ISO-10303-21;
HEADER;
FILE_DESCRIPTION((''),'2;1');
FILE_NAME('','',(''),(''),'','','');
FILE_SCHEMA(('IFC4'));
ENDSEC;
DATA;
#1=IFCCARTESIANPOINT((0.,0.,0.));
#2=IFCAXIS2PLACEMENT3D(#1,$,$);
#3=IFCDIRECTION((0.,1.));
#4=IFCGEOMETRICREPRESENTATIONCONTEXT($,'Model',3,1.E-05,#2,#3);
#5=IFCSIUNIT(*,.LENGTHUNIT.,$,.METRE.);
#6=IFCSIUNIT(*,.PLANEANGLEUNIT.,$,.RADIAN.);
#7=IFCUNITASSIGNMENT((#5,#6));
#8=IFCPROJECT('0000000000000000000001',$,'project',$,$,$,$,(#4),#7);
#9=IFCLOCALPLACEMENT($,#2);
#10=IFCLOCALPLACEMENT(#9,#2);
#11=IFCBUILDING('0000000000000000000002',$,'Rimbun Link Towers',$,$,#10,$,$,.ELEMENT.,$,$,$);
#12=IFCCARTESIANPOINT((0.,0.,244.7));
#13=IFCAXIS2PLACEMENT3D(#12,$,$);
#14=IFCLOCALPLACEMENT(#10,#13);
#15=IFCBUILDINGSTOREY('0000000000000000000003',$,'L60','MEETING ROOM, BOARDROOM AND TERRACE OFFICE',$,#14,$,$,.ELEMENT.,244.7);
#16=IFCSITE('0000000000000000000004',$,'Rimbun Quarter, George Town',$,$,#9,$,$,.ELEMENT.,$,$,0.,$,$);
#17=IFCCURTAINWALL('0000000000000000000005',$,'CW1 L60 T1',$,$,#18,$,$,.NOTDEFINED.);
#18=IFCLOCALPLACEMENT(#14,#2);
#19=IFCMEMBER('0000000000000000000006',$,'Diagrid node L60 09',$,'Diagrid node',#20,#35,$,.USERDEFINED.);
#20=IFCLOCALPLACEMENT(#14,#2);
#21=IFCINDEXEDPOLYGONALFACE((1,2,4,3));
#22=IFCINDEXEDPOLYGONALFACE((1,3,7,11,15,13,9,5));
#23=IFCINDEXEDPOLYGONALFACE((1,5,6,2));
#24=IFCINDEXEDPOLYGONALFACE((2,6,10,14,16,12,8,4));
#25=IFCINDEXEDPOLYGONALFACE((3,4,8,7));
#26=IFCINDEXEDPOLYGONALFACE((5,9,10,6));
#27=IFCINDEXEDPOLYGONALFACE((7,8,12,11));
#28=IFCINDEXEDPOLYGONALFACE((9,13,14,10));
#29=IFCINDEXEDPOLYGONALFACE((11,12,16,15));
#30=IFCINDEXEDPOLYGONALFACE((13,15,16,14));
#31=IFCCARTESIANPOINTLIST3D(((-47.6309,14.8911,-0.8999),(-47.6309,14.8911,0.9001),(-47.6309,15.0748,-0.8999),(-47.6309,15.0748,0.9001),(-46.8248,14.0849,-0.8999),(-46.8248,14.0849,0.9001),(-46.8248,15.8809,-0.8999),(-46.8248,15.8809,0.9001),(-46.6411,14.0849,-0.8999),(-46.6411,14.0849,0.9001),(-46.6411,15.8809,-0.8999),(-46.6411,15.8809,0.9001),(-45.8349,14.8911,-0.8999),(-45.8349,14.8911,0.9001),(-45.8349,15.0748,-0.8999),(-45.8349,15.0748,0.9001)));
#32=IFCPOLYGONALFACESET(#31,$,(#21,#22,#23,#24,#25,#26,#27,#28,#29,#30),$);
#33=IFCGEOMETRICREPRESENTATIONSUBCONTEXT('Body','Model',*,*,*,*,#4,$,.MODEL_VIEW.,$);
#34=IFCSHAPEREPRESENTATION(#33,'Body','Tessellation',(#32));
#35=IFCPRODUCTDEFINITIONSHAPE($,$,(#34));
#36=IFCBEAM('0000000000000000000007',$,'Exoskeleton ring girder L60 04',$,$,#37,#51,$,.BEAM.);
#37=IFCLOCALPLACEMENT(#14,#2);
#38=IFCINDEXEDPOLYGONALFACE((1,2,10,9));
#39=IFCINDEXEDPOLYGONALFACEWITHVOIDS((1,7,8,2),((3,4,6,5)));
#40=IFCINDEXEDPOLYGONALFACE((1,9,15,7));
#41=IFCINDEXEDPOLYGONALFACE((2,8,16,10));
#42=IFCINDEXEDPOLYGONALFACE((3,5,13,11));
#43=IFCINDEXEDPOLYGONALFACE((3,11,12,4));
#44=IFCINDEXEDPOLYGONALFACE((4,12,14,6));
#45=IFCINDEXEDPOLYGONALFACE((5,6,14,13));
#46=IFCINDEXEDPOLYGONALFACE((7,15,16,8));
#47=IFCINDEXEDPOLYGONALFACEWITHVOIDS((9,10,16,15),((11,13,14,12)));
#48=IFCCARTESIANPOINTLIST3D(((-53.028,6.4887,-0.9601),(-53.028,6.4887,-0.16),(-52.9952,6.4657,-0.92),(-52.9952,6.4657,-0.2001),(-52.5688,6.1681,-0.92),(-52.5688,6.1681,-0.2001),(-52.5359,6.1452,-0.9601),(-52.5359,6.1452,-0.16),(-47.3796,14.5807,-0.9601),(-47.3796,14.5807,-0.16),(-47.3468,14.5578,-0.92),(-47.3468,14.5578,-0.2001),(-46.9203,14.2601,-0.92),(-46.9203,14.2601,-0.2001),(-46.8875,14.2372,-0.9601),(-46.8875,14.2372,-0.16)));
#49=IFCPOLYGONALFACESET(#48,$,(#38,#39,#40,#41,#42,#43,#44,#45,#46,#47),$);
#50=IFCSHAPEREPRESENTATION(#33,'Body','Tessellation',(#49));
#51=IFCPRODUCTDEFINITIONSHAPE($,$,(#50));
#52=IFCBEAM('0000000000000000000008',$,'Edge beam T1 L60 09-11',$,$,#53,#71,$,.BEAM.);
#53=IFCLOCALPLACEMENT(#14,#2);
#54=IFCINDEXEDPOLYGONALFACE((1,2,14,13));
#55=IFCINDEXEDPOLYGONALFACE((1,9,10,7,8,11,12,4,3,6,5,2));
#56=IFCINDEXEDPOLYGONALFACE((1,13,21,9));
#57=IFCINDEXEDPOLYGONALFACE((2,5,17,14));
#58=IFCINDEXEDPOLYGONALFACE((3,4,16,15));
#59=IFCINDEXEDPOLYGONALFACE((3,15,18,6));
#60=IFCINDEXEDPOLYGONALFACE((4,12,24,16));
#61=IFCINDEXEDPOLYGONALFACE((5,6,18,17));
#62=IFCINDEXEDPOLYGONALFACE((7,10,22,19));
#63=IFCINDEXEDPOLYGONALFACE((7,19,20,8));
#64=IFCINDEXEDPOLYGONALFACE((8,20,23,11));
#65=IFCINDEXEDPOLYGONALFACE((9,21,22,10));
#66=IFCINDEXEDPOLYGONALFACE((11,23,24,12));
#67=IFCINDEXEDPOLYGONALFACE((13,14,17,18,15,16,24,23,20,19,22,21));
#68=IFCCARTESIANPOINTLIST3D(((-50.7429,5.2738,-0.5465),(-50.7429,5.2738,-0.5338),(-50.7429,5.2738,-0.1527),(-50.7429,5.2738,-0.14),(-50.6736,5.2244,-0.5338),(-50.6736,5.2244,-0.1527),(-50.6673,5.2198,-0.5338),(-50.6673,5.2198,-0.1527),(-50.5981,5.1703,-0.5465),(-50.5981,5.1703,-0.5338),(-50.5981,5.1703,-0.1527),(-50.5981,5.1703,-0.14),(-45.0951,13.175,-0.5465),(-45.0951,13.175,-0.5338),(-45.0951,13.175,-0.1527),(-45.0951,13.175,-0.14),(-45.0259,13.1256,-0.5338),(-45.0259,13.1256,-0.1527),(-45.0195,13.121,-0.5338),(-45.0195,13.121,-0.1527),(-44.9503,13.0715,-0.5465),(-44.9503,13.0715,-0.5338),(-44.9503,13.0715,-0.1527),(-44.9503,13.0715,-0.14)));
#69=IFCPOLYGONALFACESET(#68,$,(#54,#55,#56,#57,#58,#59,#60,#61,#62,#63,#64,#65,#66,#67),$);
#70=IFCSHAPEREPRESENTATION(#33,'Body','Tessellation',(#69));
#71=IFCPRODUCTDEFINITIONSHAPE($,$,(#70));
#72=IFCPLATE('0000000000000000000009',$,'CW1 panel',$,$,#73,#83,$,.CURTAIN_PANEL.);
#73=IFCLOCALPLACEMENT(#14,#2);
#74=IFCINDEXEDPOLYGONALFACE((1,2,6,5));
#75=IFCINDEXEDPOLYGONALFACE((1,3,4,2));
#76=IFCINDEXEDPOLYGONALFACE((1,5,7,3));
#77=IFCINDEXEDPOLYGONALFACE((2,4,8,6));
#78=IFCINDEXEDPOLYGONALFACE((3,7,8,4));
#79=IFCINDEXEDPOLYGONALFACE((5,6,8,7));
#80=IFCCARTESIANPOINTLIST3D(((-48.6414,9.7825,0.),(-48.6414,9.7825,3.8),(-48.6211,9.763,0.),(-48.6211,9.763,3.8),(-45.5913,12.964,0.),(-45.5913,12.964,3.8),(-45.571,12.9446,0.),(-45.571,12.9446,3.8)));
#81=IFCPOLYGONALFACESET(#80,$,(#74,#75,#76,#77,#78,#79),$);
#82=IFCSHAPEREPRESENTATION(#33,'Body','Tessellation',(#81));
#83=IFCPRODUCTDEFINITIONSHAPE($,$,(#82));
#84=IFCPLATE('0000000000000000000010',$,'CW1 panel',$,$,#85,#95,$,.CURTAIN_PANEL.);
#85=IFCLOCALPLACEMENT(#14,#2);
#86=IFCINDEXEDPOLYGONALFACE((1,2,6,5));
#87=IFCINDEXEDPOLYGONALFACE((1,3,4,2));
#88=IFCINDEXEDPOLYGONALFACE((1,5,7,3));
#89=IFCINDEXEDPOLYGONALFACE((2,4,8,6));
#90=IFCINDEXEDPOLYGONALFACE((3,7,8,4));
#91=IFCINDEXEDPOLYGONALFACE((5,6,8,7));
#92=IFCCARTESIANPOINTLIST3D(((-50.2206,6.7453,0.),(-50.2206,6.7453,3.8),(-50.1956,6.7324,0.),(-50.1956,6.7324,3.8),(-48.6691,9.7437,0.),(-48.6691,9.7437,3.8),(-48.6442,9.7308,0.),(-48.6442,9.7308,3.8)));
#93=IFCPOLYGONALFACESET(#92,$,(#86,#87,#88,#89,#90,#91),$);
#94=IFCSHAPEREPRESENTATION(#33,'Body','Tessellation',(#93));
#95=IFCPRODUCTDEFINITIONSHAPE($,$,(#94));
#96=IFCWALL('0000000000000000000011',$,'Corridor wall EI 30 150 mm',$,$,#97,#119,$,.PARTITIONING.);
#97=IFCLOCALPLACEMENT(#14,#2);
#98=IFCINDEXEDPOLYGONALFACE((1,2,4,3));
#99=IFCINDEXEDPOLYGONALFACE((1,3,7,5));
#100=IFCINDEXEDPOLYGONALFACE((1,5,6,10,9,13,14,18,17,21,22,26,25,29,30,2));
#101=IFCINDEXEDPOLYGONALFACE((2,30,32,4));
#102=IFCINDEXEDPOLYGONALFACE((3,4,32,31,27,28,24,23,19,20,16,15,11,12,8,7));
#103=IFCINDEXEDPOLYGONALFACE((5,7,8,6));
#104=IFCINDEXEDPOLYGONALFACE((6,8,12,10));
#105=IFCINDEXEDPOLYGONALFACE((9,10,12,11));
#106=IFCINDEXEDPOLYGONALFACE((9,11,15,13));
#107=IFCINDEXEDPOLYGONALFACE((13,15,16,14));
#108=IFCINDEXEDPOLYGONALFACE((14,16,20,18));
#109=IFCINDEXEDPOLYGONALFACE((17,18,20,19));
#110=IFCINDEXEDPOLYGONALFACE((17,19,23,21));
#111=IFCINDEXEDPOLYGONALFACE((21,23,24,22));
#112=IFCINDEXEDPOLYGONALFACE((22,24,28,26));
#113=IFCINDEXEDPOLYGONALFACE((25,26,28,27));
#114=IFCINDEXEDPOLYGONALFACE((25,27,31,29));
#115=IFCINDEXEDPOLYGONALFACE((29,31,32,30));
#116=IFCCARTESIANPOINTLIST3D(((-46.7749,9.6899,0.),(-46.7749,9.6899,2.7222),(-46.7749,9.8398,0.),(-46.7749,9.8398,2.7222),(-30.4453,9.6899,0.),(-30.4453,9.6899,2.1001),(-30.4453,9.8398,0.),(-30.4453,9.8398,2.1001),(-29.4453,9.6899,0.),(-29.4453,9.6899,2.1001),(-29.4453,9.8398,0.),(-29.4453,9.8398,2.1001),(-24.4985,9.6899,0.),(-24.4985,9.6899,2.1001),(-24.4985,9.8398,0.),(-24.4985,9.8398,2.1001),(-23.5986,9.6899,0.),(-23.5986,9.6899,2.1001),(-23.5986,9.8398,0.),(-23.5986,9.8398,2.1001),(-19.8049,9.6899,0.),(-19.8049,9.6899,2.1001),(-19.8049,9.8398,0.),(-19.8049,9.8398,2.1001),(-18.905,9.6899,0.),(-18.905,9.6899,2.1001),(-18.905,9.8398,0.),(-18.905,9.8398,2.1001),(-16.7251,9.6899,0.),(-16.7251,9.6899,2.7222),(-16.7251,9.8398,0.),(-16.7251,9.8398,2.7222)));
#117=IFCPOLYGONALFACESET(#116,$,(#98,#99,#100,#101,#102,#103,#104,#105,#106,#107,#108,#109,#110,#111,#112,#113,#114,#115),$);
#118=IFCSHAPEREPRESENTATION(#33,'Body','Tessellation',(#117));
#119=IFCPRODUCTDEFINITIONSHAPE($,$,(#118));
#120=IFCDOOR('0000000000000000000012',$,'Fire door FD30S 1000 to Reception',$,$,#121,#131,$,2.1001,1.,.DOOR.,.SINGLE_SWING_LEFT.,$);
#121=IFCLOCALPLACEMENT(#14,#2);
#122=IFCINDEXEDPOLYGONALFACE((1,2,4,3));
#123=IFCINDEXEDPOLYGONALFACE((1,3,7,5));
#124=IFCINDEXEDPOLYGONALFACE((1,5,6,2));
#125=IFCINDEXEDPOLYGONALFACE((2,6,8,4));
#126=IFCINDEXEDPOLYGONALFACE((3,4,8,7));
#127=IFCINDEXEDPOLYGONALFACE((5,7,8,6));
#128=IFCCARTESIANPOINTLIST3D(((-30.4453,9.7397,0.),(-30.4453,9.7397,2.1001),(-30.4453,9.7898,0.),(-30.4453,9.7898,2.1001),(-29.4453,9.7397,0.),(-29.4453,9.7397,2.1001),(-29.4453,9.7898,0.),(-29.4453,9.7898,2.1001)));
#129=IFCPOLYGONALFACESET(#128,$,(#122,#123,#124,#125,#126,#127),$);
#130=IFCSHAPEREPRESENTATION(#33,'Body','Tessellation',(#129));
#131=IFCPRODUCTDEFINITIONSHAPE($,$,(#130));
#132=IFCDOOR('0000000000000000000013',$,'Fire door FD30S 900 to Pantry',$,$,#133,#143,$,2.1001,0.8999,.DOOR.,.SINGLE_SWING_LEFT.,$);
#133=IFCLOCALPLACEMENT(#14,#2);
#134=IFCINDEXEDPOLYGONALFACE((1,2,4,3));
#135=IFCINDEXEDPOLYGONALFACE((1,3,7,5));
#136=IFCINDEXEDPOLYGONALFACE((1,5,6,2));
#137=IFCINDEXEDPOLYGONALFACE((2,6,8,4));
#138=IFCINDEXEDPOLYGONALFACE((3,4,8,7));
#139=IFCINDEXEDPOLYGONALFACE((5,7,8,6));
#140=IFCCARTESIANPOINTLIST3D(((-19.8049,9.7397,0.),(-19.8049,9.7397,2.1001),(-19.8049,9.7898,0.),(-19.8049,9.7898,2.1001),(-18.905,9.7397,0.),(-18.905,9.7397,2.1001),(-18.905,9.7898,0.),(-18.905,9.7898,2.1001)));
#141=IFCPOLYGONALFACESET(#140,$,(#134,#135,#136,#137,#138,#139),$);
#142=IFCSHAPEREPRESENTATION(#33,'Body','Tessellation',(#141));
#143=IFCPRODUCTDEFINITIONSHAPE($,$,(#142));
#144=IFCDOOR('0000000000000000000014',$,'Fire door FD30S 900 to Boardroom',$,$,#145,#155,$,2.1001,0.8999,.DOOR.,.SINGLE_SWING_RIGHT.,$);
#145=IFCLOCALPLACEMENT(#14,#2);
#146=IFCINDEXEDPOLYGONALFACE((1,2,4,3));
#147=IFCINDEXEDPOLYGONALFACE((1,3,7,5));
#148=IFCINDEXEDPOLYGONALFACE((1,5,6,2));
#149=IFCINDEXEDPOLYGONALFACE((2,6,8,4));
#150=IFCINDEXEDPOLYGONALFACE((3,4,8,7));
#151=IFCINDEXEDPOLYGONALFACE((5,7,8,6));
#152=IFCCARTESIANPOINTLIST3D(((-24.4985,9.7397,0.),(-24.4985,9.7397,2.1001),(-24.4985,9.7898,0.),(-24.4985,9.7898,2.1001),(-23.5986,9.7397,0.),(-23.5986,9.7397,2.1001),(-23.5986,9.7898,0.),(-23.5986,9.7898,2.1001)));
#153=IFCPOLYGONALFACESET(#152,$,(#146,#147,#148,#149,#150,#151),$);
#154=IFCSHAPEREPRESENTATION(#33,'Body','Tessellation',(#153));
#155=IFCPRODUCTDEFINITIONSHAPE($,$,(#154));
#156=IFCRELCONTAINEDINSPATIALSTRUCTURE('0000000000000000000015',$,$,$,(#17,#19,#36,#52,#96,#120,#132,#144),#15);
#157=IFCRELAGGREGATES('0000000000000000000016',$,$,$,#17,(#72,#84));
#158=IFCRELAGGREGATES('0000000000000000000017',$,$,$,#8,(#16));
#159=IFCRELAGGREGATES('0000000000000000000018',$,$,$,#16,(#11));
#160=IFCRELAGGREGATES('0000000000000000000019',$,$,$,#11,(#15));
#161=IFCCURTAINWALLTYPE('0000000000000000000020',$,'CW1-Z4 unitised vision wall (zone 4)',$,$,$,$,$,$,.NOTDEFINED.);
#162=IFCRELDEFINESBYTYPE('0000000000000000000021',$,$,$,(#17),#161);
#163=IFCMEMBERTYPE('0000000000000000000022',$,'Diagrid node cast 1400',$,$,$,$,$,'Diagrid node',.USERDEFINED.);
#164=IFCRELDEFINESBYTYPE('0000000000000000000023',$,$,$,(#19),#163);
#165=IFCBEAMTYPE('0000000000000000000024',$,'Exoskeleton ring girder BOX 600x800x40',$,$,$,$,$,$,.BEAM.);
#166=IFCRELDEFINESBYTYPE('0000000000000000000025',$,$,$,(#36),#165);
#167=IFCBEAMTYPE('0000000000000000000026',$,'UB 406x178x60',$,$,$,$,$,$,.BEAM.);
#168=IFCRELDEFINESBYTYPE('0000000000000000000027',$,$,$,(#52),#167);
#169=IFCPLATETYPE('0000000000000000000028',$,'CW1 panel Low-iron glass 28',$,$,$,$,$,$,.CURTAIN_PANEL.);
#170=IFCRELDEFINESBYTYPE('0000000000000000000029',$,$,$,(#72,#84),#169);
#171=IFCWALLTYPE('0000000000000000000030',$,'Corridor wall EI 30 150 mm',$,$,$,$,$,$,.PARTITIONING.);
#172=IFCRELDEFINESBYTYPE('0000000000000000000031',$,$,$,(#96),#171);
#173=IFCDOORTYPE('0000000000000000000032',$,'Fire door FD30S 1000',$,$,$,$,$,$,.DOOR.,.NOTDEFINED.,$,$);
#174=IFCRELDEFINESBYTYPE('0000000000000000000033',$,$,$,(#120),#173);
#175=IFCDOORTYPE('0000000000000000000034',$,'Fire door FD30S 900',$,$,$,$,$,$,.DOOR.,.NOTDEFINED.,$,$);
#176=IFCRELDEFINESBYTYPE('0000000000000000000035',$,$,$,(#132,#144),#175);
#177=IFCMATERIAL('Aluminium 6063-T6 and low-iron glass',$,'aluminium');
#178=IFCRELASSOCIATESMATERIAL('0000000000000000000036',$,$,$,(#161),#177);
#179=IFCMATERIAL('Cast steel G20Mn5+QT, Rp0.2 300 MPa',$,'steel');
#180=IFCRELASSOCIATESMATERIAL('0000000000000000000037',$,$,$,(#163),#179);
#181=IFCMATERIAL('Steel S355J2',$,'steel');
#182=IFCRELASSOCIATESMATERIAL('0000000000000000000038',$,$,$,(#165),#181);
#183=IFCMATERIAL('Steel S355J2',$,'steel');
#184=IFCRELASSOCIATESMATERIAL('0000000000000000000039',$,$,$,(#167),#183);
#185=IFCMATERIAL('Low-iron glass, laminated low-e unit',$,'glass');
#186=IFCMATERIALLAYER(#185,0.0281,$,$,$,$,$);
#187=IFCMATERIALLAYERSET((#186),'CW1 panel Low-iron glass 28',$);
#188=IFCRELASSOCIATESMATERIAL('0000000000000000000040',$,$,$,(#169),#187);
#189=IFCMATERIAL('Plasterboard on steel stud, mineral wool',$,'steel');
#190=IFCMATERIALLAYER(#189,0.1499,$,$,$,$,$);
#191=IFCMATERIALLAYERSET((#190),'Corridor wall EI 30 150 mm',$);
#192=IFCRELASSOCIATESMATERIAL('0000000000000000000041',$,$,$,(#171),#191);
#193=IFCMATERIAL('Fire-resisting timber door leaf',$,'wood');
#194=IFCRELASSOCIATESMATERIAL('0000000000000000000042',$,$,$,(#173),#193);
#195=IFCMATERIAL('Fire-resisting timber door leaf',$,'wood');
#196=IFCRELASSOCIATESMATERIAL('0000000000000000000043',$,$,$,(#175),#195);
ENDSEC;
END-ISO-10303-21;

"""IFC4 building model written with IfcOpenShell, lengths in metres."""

from ifc_helpers import new_model, si_unit, direction, frame, frame_2d, origin, origin_2d, place, context, subcontext, project, spatial, polyline, rectangle, hollow_rectangle, i_section, outline, extrude, material, layer, layer_set, material_profile, profile_set, type_object, element, fill, aggregate, save


model = new_model("IFC4")

# Units and contexts
model_context = context("Model", 3, precision=1e-05, world=origin(), true_north=direction((0.0, 1.0)))
body_context = subcontext(model_context, "Body", "Model", "MODEL_VIEW")
ifc_project = project(units=[si_unit("LENGTHUNIT", "METRE"), si_unit("PLANEANGLEUNIT", "RADIAN")], contexts=[model_context])

# Site, building, storey
site_placement = place(None, origin())
site = spatial("IfcSite", under=ifc_project, at=site_placement, Name="Rimbun Quarter, George Town", CompositionType="ELEMENT", RefElevation=0.0)
building_placement = place(site_placement, origin())
building = spatial("IfcBuilding", under=site, at=building_placement, Name="Rimbun Link Towers", CompositionType="ELEMENT")
storey_placement = place(building_placement, frame((0.0, 0.0, 244.7)))
storey = spatial("IfcBuildingStorey", under=building, at=storey_placement, Name="L60", Description="MEETING ROOM, BOARDROOM AND TERRACE OFFICE", CompositionType="ELEMENT", Elevation=244.7)

# Curtain wall
ifc_material_1 = material(Name="Aluminium 6063-T6 and low-iron glass", Category="aluminium")
curtain_wall_type = type_object("IfcCurtainWallType", Name="CW1-Z4 unitised vision wall (zone 4)", PredefinedType="NOTDEFINED", material=ifc_material_1)
curtain_wall_placement = place(storey_placement, origin())
curtain_wall = element("IfcCurtainWall", 1, at=curtain_wall_placement, inside=storey, type_object=curtain_wall_type, Name="CW1 L60 T1", PredefinedType="NOTDEFINED")

# Member
ifc_material_2 = material(Name="Cast steel G20Mn5+QT, Rp0.2 300 MPa", Category="steel")
ifc_material_profile_1 = material_profile(ifc_material_2, outline(polyline([(0.7, -0.5701), (0.7, 0.5701), (0.5701, 0.7), (-0.5701, 0.7), (-0.7, 0.5701), (-0.7, -0.5701), (-0.5701, -0.7), (0.5701, -0.7), (0.7, -0.5701)])), Name="NODE 1400x1400")
ifc_profile_set_1 = profile_set([ifc_material_profile_1], Name="Cast steel G20Mn5+QT, Rp0.2 300 MPa")
member_type_1 = type_object("IfcMemberType", Name="Diagrid node cast 1400", ElementType="Diagrid node", PredefinedType="USERDEFINED", material=ifc_profile_set_1)
member_1_placement = place(storey_placement, frame((-46.7329, 14.9829, -0.8999), z_axis=(0.0, 0.0, 1.0), x_axis=(-0.707107, 0.707107, 0.0)))
element("IfcMember", 2, at=member_1_placement, inside=storey, type_object=member_type_1, Name="Diagrid node L60 09", ObjectType="Diagrid node", PredefinedType="USERDEFINED", context=body_context, shape_type="SweptSolid", body=[
    extrude(outline(polyline([(0.7, -0.5701), (0.7, 0.5701), (0.5701, 0.7), (-0.5701, 0.7), (-0.7, 0.5701), (-0.7, -0.5701), (-0.5701, -0.7), (0.5701, -0.7), (0.7, -0.5701)])), origin(), (0.0, 0.0, 1.0), 1.8),
])

# Beams
ifc_material_3 = material(Name="Steel S355J2", Category="steel")
ifc_material_profile_2 = material_profile(ifc_material_3, hollow_rectangle(XDim=0.6001, YDim=0.8, WallThickness=0.04, at=origin_2d()), Name="Exoskeleton ring girder BOX 600x800x40")
ifc_profile_set_2 = profile_set([ifc_material_profile_2], Name="Steel S355J2")
beam_type_1 = type_object("IfcBeamType", Name="Exoskeleton ring girder BOX 600x800x40", PredefinedType="BEAM", material=ifc_profile_set_2)
beam_1_placement = place(storey_placement, frame((-47.1335, 14.4089, -0.5601), z_axis=(-0.572374, -0.819992, 0.0), x_axis=(0.819992, -0.572374, 0.0)))
element("IfcBeam", 3, at=beam_1_placement, inside=storey, type_object=beam_type_1, Name="Exoskeleton ring girder L60 04", PredefinedType="BEAM", context=body_context, shape_type="SweptSolid", body=[
    extrude(hollow_rectangle(XDim=0.6001, YDim=0.8, WallThickness=0.04, at=origin_2d()), origin(), (0.0, 0.0, 1.0), 9.8684),
])
ifc_material_4 = material(Name="Steel S355J2", Category="steel")
ifc_material_profile_3 = material_profile(ifc_material_4, i_section(OverallWidth=0.178, OverallDepth=0.4065, WebThickness=0.0078, FlangeThickness=0.0127, at=origin_2d()), Name="UB 406x178x60")
ifc_profile_set_3 = profile_set([ifc_material_profile_3], Name="Steel S355J2")
beam_type_2 = type_object("IfcBeamType", Name="UB 406x178x60", PredefinedType="BEAM", material=ifc_profile_set_3)
beam_2_placement = place(storey_placement, frame((-45.0227, 13.1233, -0.3433), z_axis=(-0.581514, -0.813536, 0.0), x_axis=(0.813536, -0.581514, 0.0)))
element("IfcBeam", 4, at=beam_2_placement, inside=storey, type_object=beam_type_2, Name="Edge beam T1 L60 09-11", PredefinedType="BEAM", context=body_context, shape_type="SweptSolid", body=[
    extrude(i_section(OverallWidth=0.178, OverallDepth=0.4065, WebThickness=0.0078, FlangeThickness=0.0127, at=origin_2d()), origin(), (0.0, 0.0, 1.0), 9.7122),
])

# Plates
ifc_material_5 = material(Name="Low-iron glass, laminated low-e unit", Category="glass")
ifc_layer_1 = layer(ifc_material_5, 0.0281)
ifc_layer_set_1 = layer_set([ifc_layer_1], Name="CW1 panel Low-iron glass 28")
plate_type = type_object("IfcPlateType", Name="CW1 panel Low-iron glass 28", PredefinedType="CURTAIN_PANEL", material=ifc_layer_set_1)
plate_1_placement = place(storey_placement, frame((-47.1062, 11.3635, 0.0), z_axis=(0.0, 0.0, 1.0), x_axis=(0.692041, 0.721858, 0.0)))
plate_1 = element("IfcPlate", 5, at=plate_1_placement, type_object=plate_type, Name="CW1 panel", PredefinedType="CURTAIN_PANEL", context=body_context, shape_type="SweptSolid", body=[
    extrude(rectangle(XDim=4.4075, YDim=0.0281, at=origin_2d()), origin(), (0.0, 0.0, 1.0), 3.8),
])
plate_2_placement = place(storey_placement, frame((-49.4324, 8.238, 0.0), z_axis=(0.0, 0.0, 1.0), x_axis=(0.459552, 0.888151, 0.0)))
plate_2 = element("IfcPlate", 6, at=plate_2_placement, type_object=plate_type, Name="CW1 panel", PredefinedType="CURTAIN_PANEL", context=body_context, shape_type="SweptSolid", body=[
    extrude(rectangle(XDim=3.376, YDim=0.0281, at=origin_2d()), origin(), (0.0, 0.0, 1.0), 3.8),
])
aggregate(curtain_wall, [plate_1, plate_2])

# Wall, openings, doors
ifc_material_6 = material(Name="Plasterboard on steel stud, mineral wool", Category="steel")
ifc_layer_2 = layer(ifc_material_6, 0.1499)
ifc_layer_set_2 = layer_set([ifc_layer_2], Name="Corridor wall EI 30 150 mm")
wall_type_1 = type_object("IfcWallType", Name="Corridor wall EI 30 150 mm", PredefinedType="PARTITIONING", material=ifc_layer_set_2)
wall_1_placement = place(storey_placement, frame((-46.7749, 9.7649, 0.0), z_axis=(0.0, 0.0, 1.0), x_axis=(1.0, 0.0, 0.0)))
wall_1 = element("IfcWall", 7, at=wall_1_placement, inside=storey, type_object=wall_type_1, Name="Corridor wall EI 30 150 mm", PredefinedType="PARTITIONING", context=body_context, shape_type="SweptSolid", body=[
    extrude(rectangle(XDim=30.0498, YDim=0.1499, at=frame_2d((15.0249, 0.0))), origin(), (0.0, 0.0, 1.0), 2.7222),
])
opening_1_placement = place(wall_1_placement, frame((26.97, 0.0, 0.0)))
opening_1 = element("IfcOpeningElement", 8, at=opening_1_placement, cuts=wall_1, PredefinedType="OPENING", context=body_context, shape_type="SweptSolid", body=[
    extrude(rectangle(XDim=0.8999, YDim=2.1001, at=frame_2d((0.45, 1.05))), frame((0.0, 0.085, 0.0), z_axis=(0.0, -1.0, 0.0), x_axis=(1.0, 0.0, 0.0)), (0.0, 0.0, 1.0), 0.1699),
])
opening_2_placement = place(wall_1_placement, frame((22.2764, 0.0, 0.0)))
opening_2 = element("IfcOpeningElement", 9, at=opening_2_placement, cuts=wall_1, PredefinedType="OPENING", context=body_context, shape_type="SweptSolid", body=[
    extrude(rectangle(XDim=0.8999, YDim=2.1001, at=frame_2d((0.45, 1.05))), frame((0.0, 0.085, 0.0), z_axis=(0.0, -1.0, 0.0), x_axis=(1.0, 0.0, 0.0)), (0.0, 0.0, 1.0), 0.1699),
])
opening_3_placement = place(wall_1_placement, frame((16.3296, 0.0, 0.0)))
opening_3 = element("IfcOpeningElement", 10, at=opening_3_placement, cuts=wall_1, PredefinedType="OPENING", context=body_context, shape_type="SweptSolid", body=[
    extrude(rectangle(XDim=1.0, YDim=2.1001, at=frame_2d((0.5, 1.05))), frame((0.0, 0.085, 0.0), z_axis=(0.0, -1.0, 0.0), x_axis=(1.0, 0.0, 0.0)), (0.0, 0.0, 1.0), 0.1699),
])
ifc_material_7 = material(Name="Fire-resisting timber door leaf", Category="wood")
door_type_1 = type_object("IfcDoorType", Name="Fire door FD30S 1000", OperationType="NOTDEFINED", PredefinedType="DOOR", material=ifc_material_7)
door_1_placement = place(opening_3_placement, origin())
door_1 = element("IfcDoor", 11, at=door_1_placement, inside=storey, type_object=door_type_1, Name="Fire door FD30S 1000 to Reception", OperationType="SINGLE_SWING_LEFT", OverallHeight=2.1001, OverallWidth=1.0, PredefinedType="DOOR", context=body_context, shape_type="SweptSolid", body=[
    extrude(rectangle(XDim=1.0, YDim=2.1001, at=frame_2d((0.5, 1.05))), frame((0.0, 0.0249, 0.0), z_axis=(0.0, -1.0, 0.0), x_axis=(1.0, 0.0, 0.0)), (0.0, 0.0, 1.0), 0.05),
])
fill(opening_3, door_1)
ifc_material_8 = material(Name="Fire-resisting timber door leaf", Category="wood")
door_type_2 = type_object("IfcDoorType", Name="Fire door FD30S 900", OperationType="NOTDEFINED", PredefinedType="DOOR", material=ifc_material_8)
door_2_placement = place(opening_1_placement, origin())
door_2 = element("IfcDoor", 12, at=door_2_placement, inside=storey, type_object=door_type_2, Name="Fire door FD30S 900 to Pantry", OperationType="SINGLE_SWING_LEFT", OverallHeight=2.1001, OverallWidth=0.8999, PredefinedType="DOOR", context=body_context, shape_type="SweptSolid", body=[
    extrude(rectangle(XDim=0.8999, YDim=2.1001, at=frame_2d((0.45, 1.05))), frame((0.0, 0.0249, 0.0), z_axis=(0.0, -1.0, 0.0), x_axis=(1.0, 0.0, 0.0)), (0.0, 0.0, 1.0), 0.05),
])
fill(opening_1, door_2)
door_3_placement = place(opening_2_placement, origin())
door_3 = element("IfcDoor", 13, at=door_3_placement, inside=storey, type_object=door_type_2, Name="Fire door FD30S 900 to Boardroom", OperationType="SINGLE_SWING_RIGHT", OverallHeight=2.1001, OverallWidth=0.8999, PredefinedType="DOOR", context=body_context, shape_type="SweptSolid", body=[
    extrude(rectangle(XDim=0.8999, YDim=2.1001, at=frame_2d((0.45, 1.05))), frame((0.0, 0.0249, 0.0), z_axis=(0.0, -1.0, 0.0), x_axis=(1.0, 0.0, 0.0)), (0.0, 0.0, 1.0), 0.05),
])
fill(opening_2, door_3)

save(model, "model.ifc")
